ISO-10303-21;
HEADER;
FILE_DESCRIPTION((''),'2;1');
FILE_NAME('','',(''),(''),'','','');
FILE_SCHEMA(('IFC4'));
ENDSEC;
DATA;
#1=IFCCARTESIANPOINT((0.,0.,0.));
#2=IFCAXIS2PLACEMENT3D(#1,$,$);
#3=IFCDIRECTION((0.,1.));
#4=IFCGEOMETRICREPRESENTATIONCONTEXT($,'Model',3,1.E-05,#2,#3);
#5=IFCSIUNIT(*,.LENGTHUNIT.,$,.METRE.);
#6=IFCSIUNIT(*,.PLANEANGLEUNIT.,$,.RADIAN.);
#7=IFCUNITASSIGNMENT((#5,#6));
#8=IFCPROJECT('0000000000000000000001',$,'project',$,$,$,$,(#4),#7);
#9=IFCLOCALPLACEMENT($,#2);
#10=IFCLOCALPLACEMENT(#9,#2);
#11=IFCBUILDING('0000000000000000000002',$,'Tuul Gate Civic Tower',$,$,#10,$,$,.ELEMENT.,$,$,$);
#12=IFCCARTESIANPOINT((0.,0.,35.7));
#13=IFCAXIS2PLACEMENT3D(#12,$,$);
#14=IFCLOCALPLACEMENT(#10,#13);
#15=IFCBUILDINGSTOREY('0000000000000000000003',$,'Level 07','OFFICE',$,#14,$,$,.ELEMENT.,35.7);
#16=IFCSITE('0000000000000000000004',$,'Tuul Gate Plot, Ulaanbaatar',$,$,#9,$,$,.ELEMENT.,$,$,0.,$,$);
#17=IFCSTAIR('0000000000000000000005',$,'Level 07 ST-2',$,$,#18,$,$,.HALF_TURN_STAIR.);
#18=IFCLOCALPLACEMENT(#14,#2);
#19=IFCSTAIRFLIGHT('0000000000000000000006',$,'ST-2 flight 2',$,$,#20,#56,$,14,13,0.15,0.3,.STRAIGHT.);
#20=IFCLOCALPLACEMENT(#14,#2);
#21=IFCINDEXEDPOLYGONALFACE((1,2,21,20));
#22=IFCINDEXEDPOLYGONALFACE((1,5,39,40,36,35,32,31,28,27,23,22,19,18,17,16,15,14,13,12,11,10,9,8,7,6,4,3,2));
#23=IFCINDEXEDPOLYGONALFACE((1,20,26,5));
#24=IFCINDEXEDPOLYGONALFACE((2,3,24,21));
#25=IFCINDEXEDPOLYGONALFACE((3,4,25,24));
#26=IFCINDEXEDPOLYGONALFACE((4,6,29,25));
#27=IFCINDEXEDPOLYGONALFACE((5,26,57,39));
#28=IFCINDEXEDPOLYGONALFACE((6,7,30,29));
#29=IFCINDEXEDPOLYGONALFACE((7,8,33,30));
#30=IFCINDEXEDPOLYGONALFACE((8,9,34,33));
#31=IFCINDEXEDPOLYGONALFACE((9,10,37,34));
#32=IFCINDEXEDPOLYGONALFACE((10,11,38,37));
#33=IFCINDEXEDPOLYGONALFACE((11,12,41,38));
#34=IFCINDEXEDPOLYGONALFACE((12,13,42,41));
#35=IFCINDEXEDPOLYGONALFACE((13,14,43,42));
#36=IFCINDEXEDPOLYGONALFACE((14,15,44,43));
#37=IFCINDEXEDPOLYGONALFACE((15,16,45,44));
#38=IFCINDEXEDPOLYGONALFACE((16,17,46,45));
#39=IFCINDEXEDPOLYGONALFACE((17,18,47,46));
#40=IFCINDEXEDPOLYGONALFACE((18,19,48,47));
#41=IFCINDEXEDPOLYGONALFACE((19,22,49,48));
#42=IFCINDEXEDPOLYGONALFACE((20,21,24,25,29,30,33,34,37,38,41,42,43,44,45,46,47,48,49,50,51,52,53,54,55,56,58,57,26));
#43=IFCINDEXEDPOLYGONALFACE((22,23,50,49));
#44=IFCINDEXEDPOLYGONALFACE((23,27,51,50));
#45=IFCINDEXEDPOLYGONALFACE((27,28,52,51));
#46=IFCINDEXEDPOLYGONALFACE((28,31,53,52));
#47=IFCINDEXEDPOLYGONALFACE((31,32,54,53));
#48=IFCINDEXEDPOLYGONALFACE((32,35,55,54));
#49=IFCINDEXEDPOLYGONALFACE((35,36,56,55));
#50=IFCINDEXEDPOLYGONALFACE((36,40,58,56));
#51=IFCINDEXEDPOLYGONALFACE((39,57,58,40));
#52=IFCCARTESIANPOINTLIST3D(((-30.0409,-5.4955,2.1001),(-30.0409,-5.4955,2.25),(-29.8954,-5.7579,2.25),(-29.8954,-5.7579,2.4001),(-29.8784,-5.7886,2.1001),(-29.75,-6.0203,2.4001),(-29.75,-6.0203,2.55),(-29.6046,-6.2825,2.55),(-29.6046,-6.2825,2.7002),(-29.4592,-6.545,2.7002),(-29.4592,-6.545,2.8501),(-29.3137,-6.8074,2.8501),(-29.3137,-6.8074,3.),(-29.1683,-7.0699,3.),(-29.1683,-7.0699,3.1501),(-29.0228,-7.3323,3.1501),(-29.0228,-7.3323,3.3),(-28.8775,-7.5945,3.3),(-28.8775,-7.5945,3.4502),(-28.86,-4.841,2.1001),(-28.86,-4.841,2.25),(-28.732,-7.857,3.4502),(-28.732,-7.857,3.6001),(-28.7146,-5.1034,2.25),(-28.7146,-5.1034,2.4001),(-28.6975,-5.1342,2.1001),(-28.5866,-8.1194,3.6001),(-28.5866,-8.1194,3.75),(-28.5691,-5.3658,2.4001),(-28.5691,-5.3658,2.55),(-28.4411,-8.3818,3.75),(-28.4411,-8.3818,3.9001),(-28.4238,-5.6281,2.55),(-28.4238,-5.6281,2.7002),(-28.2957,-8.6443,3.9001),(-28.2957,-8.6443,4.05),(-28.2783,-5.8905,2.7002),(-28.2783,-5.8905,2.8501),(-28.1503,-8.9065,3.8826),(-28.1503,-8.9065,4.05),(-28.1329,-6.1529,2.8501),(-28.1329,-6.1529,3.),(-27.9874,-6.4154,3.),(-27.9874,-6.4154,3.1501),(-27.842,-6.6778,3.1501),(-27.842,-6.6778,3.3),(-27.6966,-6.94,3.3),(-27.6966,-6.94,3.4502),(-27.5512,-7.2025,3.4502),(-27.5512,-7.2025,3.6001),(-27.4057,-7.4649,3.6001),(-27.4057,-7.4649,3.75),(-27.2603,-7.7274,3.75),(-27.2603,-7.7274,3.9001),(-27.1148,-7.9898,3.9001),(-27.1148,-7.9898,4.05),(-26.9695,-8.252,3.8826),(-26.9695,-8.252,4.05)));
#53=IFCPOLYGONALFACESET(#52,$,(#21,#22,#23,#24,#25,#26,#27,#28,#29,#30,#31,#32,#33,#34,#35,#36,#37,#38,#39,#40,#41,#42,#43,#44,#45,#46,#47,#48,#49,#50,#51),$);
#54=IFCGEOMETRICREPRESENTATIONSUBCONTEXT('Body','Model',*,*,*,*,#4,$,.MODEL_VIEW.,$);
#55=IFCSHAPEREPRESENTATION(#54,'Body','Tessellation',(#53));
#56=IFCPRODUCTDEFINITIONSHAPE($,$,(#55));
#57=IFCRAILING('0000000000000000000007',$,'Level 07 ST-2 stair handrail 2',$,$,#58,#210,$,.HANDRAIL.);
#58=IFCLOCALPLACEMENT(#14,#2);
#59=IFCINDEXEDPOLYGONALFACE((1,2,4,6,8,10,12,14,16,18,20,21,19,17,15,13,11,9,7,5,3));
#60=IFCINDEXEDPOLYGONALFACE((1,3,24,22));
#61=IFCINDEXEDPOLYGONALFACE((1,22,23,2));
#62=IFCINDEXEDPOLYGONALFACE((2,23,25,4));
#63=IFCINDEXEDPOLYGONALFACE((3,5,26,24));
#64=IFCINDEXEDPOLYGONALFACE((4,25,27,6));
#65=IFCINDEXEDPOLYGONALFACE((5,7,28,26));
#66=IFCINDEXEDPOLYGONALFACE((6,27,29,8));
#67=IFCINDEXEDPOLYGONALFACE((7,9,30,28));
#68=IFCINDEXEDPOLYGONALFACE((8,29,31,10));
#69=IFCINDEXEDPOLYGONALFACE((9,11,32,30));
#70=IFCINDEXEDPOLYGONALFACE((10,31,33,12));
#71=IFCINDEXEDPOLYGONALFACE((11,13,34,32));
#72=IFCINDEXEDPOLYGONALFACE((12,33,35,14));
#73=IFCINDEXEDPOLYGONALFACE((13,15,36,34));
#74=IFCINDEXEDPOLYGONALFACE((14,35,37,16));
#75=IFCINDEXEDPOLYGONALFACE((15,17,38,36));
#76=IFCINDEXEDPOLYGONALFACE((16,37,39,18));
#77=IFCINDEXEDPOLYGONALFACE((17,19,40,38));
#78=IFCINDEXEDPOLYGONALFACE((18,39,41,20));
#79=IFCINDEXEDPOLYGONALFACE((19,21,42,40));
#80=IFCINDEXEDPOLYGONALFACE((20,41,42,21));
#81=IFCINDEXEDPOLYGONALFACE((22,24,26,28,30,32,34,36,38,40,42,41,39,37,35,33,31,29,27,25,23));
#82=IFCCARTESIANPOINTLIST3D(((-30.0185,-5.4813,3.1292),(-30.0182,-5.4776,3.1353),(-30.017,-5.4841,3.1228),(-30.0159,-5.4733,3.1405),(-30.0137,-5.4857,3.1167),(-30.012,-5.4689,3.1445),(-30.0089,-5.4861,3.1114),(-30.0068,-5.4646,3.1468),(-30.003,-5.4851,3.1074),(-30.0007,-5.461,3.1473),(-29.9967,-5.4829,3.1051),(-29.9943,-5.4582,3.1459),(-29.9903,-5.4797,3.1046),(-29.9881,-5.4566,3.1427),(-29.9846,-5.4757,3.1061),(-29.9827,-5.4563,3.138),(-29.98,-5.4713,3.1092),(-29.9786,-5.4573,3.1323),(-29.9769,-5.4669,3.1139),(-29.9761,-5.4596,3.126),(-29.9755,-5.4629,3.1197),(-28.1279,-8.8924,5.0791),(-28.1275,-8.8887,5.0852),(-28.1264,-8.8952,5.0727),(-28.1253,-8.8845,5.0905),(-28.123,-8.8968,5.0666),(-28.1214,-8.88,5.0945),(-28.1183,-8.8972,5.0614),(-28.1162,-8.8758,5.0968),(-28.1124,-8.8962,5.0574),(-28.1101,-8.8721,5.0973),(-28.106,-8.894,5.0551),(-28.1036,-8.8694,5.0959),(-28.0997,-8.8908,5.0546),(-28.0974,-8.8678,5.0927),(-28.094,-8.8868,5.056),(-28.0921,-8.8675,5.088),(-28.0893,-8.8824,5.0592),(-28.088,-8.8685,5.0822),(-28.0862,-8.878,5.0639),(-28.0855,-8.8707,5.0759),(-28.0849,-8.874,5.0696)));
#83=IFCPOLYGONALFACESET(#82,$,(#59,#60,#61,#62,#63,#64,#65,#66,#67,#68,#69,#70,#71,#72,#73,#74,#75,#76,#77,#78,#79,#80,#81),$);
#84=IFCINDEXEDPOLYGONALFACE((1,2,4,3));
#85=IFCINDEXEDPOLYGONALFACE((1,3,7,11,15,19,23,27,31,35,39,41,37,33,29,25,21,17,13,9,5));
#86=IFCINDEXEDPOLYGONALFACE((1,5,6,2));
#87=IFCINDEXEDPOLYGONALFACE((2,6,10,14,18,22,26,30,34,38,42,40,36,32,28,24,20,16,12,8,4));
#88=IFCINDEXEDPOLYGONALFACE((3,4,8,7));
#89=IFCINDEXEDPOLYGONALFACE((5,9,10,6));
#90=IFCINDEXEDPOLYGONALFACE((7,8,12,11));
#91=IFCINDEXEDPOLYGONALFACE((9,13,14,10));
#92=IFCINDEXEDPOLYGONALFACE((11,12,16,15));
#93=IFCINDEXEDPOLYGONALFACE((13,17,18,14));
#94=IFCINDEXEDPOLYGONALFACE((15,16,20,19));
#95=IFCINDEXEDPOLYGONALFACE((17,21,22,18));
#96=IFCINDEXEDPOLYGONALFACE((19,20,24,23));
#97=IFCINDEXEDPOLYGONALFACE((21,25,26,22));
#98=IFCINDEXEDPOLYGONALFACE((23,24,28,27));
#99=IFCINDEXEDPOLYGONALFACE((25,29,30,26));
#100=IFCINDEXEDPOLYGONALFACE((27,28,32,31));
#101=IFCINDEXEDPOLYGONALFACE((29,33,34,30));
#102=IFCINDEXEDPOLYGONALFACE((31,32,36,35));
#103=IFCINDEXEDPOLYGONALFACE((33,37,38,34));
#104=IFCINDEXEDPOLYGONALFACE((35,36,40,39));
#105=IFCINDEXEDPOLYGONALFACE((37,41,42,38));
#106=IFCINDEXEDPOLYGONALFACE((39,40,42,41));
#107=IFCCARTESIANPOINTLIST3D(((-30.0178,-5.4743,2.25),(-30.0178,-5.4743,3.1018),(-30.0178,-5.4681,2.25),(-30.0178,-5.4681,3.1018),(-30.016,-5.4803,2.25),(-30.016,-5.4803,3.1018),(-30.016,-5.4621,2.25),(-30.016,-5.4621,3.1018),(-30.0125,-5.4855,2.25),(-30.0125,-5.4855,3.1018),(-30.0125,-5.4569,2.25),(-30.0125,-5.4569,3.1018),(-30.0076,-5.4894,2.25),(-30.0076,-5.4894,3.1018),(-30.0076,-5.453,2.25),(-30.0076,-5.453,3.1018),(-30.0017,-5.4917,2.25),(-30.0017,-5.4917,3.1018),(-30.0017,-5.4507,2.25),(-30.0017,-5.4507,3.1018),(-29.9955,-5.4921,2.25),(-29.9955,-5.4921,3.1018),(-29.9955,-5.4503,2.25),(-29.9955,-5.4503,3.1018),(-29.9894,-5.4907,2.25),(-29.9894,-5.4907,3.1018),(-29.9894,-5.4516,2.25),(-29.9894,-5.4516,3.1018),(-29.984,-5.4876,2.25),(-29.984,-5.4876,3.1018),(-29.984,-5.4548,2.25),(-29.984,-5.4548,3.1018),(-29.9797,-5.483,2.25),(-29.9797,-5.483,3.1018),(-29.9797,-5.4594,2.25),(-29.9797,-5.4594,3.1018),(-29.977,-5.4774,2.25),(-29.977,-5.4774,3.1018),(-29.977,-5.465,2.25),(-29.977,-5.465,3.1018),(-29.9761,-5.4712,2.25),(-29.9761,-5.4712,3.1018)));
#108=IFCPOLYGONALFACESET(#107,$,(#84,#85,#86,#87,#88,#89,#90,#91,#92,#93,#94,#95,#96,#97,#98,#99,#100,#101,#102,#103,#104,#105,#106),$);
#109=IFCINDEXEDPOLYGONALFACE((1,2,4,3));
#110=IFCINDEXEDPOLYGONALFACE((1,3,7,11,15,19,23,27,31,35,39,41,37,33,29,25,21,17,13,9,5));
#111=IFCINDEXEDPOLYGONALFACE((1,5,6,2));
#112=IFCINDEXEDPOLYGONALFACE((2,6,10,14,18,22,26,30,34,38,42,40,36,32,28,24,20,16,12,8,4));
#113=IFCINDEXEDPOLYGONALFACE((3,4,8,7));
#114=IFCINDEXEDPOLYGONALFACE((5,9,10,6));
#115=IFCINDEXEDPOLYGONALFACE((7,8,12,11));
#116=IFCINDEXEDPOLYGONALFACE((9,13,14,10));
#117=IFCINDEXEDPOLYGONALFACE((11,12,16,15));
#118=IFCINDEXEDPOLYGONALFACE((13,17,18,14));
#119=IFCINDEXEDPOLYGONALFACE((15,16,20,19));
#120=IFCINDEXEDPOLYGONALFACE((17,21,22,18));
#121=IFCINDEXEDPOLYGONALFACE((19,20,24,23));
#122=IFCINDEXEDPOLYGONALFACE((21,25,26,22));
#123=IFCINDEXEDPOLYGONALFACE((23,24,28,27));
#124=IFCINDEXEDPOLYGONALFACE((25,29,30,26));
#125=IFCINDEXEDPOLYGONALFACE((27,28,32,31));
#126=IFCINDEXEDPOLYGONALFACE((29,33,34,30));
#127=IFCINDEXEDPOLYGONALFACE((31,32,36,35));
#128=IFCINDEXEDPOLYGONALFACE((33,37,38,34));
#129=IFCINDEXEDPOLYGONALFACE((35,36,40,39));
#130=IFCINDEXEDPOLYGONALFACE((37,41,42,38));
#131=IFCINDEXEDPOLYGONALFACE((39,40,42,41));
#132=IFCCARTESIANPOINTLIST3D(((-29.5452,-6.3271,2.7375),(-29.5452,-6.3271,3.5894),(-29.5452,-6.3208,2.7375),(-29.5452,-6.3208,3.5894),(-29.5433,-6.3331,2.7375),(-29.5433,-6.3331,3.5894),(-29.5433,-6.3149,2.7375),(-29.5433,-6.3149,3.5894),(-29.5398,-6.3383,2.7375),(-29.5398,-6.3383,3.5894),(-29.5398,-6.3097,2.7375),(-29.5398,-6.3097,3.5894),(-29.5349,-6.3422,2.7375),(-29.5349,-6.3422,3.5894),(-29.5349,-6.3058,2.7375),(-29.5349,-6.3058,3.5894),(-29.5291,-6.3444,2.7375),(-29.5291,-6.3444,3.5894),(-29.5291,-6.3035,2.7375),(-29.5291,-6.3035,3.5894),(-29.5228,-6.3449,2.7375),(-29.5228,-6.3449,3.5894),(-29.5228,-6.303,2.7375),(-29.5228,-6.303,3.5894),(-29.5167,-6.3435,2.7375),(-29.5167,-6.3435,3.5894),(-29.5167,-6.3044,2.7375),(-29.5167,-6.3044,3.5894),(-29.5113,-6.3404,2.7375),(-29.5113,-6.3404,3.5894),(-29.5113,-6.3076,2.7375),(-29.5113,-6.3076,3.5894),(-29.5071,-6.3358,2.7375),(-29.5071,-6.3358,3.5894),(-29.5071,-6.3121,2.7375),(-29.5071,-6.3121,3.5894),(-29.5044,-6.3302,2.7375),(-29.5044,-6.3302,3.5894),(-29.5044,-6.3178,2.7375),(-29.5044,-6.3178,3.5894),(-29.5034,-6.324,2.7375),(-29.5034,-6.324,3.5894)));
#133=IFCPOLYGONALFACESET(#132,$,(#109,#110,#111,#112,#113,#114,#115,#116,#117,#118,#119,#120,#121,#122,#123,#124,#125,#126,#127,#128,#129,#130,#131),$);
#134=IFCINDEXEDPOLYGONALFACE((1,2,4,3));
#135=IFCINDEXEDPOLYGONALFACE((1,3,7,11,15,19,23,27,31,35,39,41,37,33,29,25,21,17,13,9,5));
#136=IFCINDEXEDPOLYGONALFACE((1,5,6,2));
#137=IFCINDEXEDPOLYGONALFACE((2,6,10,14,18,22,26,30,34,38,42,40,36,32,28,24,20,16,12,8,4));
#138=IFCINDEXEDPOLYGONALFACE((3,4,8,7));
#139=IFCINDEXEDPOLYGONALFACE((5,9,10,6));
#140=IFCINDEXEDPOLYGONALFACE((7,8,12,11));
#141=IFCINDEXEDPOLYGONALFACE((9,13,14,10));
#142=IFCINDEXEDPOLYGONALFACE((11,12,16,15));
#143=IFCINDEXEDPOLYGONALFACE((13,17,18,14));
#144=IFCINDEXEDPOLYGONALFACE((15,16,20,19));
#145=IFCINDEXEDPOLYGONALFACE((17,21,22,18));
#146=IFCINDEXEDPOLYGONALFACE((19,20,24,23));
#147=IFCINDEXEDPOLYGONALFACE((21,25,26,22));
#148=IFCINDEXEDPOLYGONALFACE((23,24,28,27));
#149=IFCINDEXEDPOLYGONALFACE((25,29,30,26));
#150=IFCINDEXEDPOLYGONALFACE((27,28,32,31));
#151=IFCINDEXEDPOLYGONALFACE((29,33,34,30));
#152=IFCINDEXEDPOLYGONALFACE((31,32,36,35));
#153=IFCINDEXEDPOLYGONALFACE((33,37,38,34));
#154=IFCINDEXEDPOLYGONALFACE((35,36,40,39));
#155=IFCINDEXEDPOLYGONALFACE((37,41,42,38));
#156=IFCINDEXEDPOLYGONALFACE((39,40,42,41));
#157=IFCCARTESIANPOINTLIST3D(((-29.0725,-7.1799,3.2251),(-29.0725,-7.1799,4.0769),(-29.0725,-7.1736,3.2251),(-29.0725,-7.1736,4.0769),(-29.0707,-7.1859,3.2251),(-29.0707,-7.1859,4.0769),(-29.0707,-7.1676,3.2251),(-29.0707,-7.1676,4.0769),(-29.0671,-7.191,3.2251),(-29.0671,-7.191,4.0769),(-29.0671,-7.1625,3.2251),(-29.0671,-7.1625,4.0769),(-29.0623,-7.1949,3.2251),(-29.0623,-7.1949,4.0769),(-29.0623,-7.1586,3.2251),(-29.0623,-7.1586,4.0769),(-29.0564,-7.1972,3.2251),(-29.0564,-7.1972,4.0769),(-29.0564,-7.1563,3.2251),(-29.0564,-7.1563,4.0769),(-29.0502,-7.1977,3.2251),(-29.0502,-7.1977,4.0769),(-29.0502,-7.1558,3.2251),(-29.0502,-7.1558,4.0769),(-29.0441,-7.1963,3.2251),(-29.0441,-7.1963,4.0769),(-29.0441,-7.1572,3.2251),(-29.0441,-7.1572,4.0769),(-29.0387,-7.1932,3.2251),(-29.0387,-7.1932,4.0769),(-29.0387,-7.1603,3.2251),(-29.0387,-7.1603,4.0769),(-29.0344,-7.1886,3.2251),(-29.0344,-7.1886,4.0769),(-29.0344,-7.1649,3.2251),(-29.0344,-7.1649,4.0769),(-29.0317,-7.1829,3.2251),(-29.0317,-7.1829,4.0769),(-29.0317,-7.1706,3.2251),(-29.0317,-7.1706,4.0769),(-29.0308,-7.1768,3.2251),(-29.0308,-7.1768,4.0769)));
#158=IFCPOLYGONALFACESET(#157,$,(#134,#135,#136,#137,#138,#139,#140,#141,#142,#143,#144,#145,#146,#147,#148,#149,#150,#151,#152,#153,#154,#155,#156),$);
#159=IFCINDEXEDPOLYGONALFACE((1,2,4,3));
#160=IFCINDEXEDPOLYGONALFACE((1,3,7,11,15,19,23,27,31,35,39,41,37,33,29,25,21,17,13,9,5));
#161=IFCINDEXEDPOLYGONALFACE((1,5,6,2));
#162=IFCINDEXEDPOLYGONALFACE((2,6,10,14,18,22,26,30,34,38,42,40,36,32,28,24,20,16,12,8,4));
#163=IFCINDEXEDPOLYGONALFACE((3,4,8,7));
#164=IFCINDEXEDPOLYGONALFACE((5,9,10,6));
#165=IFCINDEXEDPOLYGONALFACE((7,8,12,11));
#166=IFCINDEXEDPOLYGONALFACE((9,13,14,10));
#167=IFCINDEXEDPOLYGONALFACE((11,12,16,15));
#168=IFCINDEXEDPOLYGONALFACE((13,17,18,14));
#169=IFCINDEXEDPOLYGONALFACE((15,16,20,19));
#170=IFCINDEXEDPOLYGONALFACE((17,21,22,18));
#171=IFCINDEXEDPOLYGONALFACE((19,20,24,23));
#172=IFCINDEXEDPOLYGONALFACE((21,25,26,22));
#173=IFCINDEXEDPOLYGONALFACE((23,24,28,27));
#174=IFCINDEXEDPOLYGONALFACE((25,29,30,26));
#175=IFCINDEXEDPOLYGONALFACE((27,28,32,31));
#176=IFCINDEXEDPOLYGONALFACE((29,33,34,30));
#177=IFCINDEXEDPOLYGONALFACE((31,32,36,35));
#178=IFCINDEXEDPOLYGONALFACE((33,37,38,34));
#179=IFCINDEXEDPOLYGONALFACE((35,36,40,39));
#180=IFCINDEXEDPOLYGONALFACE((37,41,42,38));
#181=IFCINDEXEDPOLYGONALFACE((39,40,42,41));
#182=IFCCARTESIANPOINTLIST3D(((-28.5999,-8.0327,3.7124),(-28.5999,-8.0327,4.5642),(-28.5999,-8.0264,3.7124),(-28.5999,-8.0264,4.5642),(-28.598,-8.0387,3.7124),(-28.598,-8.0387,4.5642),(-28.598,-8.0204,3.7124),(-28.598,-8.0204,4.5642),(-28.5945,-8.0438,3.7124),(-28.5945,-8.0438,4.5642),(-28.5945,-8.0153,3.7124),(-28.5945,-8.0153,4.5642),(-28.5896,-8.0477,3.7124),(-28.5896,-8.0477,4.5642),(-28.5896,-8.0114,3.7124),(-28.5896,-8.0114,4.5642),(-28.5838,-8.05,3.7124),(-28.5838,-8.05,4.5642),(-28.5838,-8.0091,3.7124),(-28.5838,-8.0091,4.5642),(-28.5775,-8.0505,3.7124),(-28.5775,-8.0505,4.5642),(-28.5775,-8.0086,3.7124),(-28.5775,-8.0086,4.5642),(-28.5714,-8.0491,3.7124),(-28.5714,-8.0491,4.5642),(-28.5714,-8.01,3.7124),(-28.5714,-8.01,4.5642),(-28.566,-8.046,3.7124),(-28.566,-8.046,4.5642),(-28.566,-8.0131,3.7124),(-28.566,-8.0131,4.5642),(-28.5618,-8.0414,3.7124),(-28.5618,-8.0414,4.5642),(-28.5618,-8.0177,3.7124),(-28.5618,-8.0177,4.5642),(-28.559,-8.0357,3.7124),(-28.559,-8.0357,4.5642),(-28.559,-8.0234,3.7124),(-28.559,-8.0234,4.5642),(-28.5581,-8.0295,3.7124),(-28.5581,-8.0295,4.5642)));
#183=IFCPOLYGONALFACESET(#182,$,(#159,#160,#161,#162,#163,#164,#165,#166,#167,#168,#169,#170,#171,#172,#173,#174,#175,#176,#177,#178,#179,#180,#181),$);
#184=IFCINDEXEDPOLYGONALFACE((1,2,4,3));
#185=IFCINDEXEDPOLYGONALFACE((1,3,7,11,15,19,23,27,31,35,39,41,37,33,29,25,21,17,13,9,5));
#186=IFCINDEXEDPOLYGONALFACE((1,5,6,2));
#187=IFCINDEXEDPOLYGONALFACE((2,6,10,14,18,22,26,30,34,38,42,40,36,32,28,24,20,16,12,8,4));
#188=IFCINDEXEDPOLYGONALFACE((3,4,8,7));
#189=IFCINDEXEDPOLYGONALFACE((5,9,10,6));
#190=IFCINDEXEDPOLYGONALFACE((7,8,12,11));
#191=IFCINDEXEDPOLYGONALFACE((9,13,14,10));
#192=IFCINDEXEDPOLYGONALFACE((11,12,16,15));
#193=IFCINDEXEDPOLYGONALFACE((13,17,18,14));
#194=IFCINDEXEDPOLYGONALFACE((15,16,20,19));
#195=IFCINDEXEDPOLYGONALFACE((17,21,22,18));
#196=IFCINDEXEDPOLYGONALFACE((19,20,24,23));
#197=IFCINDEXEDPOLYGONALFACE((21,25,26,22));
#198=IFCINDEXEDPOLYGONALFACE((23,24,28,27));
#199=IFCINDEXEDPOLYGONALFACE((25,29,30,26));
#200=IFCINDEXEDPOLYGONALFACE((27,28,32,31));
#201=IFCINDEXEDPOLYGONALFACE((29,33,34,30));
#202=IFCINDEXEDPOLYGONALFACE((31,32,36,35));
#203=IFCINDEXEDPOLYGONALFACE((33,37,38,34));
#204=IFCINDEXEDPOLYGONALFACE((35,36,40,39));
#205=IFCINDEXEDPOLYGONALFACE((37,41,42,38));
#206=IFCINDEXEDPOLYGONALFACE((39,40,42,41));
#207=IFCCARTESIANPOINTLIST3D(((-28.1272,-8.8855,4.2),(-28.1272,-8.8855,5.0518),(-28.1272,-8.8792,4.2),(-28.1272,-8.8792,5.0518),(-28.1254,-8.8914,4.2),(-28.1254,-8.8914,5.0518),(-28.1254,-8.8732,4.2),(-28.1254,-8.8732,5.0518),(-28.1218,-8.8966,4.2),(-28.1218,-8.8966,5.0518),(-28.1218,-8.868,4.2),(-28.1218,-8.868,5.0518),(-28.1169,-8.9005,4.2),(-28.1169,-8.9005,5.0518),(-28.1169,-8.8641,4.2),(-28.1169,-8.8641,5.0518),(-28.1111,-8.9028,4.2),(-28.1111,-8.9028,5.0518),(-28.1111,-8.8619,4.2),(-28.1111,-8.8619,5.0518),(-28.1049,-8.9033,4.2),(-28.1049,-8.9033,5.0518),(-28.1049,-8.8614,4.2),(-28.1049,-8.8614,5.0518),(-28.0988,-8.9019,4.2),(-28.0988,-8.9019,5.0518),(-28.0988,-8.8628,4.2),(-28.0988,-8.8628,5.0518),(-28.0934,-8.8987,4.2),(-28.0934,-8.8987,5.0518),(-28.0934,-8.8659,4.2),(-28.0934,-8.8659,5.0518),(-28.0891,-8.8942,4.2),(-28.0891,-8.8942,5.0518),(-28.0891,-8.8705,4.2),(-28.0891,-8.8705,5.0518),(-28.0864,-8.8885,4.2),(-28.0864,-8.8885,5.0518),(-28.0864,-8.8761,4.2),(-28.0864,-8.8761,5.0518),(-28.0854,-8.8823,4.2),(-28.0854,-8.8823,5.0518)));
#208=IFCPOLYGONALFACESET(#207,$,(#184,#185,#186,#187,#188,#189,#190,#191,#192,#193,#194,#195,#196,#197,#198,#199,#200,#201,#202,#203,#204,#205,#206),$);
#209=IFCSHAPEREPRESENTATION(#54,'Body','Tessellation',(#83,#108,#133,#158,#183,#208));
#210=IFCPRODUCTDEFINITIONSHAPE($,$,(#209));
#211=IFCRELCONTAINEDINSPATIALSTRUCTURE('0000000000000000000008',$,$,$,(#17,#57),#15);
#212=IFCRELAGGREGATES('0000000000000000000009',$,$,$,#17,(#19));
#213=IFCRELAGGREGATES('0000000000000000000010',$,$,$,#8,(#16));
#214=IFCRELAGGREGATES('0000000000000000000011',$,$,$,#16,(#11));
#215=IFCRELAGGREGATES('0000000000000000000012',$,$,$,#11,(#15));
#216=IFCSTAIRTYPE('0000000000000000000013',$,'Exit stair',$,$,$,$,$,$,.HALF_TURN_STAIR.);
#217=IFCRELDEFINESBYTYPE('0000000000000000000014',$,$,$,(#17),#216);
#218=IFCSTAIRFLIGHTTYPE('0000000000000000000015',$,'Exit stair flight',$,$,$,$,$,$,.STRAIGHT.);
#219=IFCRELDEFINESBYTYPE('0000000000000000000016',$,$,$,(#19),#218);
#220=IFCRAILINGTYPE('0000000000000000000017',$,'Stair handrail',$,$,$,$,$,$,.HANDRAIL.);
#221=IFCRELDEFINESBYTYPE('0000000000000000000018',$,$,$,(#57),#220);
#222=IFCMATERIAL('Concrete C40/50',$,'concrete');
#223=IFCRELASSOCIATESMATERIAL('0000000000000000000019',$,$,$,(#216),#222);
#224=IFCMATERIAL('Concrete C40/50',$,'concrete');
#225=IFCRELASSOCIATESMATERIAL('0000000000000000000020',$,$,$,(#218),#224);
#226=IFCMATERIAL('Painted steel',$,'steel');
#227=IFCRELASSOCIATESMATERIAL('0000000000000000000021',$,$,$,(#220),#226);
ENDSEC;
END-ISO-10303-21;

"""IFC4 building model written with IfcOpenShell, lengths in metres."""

from ifc_helpers import new_model, si_unit, direction, frame, origin, origin_2d, place, context, subcontext, project, spatial, polyline, circle, outline, extrude, material, type_object, element, aggregate, save


model = new_model("IFC4")

# Units and contexts
model_context = context("Model", 3, precision=1e-05, world=origin(), true_north=direction((0.0, 1.0)))
body_context = subcontext(model_context, "Body", "Model", "MODEL_VIEW")
ifc_project = project(units=[si_unit("LENGTHUNIT", "METRE"), si_unit("PLANEANGLEUNIT", "RADIAN")], contexts=[model_context])

# Site, building, storey
site_placement = place(None, origin())
site = spatial("IfcSite", under=ifc_project, at=site_placement, Name="Tuul Gate Plot, Ulaanbaatar", CompositionType="ELEMENT", RefElevation=0.0)
building_placement = place(site_placement, origin())
building = spatial("IfcBuilding", under=site, at=building_placement, Name="Tuul Gate Civic Tower", CompositionType="ELEMENT")
storey_placement = place(building_placement, frame((0.0, 0.0, 35.7)))
storey = spatial("IfcBuildingStorey", under=building, at=storey_placement, Name="Level 07", Description="OFFICE", CompositionType="ELEMENT", Elevation=35.7)

# Stair, stair flight
ifc_material_1 = material(Name="Concrete C40/50", Category="concrete")
stair_type = type_object("IfcStairType", Name="Exit stair", PredefinedType="HALF_TURN_STAIR", material=ifc_material_1)
stair_placement = place(storey_placement, origin())
stair = element("IfcStair", 1, at=stair_placement, inside=storey, type_object=stair_type, Name="Level 07 ST-2", PredefinedType="HALF_TURN_STAIR")
ifc_material_2 = material(Name="Concrete C40/50", Category="concrete")
stair_flight_type = type_object("IfcStairFlightType", Name="Exit stair flight", PredefinedType="STRAIGHT", material=ifc_material_2)
stair_flight_placement = place(storey_placement, frame((-29.4504, -5.1682, 2.1001), z_axis=(0.0, 0.0, 1.0), x_axis=(0.484762, -0.874646, 0.0)))
stair_flight = element("IfcStairFlight", 2, at=stair_flight_placement, type_object=stair_flight_type, Name="ST-2 flight 2", NumberOfRisers=14, NumberOfTreads=13, PredefinedType="STRAIGHT", RiserHeight=0.15, TreadLength=0.3, context=body_context, shape_type="SweptSolid", body=[
    extrude(outline(polyline([(0.0, 0.0), (0.0, 0.1499), (0.3, 0.1499), (0.3, 0.3), (0.6001, 0.3), (0.6001, 0.45), (0.8999, 0.45), (0.8999, 0.6001), (1.2, 0.6001), (1.2, 0.75), (1.5, 0.75), (1.5, 0.8999), (1.8, 0.8999), (1.8, 1.05), (2.1001, 1.05), (2.1001, 1.2), (2.3999, 1.2), (2.3999, 1.3501), (2.7, 1.3501), (2.7, 1.5), (3.0, 1.5), (3.0, 1.6499), (3.3, 1.6499), (3.3, 1.8), (3.6001, 1.8), (3.6001, 1.95), (3.8999, 1.95), (3.8999, 2.1001), (3.8999, 1.7825), (0.3352, 0.0), (0.0, 0.0)])), frame((0.0, 0.675, 0.0), z_axis=(0.0, -1.0, 0.0), x_axis=(1.0, 0.0, 0.0)), (0.0, 0.0, 1.0), 1.3501),
])
aggregate(stair, [stair_flight])

# Railing
ifc_material_3 = material(Name="Painted steel", Category="steel")
railing_type = type_object("IfcRailingType", Name="Stair handrail", PredefinedType="HANDRAIL", material=ifc_material_3)
railing_placement = place(storey_placement, frame((-29.9971, -5.4712, 2.25)))
element("IfcRailing", 3, at=railing_placement, inside=storey, type_object=railing_type, Name="Level 07 ST-2 stair handrail 2", PredefinedType="HANDRAIL", context=body_context, shape_type="SweptSolid", body=[
    extrude(circle(Radius=0.0239, at=origin_2d()), frame((0.0, 0.0, 0.876), z_axis=(0.433595, -0.782308, 0.447201), x_axis=(0.874641, 0.484771, 0.0)), (0.0, 0.0, 1.0), 4.3604),
    extrude(circle(Radius=0.021, at=origin_2d()), origin(), (0.0, 0.0, 1.0), 0.8518),
    extrude(circle(Radius=0.021, at=origin_2d()), frame((0.4727, -0.8528, 0.4875)), (0.0, 0.0, 1.0), 0.8518),
    extrude(circle(Radius=0.021, at=origin_2d()), frame((0.9453, -1.7056, 0.9751)), (0.0, 0.0, 1.0), 0.8518),
    extrude(circle(Radius=0.021, at=origin_2d()), frame((1.418, -2.5583, 1.4624)), (0.0, 0.0, 1.0), 0.8518),
    extrude(circle(Radius=0.021, at=origin_2d()), frame((1.8906, -3.4111, 1.95)), (0.0, 0.0, 1.0), 0.8518),
])

save(model, "model.ifc")
